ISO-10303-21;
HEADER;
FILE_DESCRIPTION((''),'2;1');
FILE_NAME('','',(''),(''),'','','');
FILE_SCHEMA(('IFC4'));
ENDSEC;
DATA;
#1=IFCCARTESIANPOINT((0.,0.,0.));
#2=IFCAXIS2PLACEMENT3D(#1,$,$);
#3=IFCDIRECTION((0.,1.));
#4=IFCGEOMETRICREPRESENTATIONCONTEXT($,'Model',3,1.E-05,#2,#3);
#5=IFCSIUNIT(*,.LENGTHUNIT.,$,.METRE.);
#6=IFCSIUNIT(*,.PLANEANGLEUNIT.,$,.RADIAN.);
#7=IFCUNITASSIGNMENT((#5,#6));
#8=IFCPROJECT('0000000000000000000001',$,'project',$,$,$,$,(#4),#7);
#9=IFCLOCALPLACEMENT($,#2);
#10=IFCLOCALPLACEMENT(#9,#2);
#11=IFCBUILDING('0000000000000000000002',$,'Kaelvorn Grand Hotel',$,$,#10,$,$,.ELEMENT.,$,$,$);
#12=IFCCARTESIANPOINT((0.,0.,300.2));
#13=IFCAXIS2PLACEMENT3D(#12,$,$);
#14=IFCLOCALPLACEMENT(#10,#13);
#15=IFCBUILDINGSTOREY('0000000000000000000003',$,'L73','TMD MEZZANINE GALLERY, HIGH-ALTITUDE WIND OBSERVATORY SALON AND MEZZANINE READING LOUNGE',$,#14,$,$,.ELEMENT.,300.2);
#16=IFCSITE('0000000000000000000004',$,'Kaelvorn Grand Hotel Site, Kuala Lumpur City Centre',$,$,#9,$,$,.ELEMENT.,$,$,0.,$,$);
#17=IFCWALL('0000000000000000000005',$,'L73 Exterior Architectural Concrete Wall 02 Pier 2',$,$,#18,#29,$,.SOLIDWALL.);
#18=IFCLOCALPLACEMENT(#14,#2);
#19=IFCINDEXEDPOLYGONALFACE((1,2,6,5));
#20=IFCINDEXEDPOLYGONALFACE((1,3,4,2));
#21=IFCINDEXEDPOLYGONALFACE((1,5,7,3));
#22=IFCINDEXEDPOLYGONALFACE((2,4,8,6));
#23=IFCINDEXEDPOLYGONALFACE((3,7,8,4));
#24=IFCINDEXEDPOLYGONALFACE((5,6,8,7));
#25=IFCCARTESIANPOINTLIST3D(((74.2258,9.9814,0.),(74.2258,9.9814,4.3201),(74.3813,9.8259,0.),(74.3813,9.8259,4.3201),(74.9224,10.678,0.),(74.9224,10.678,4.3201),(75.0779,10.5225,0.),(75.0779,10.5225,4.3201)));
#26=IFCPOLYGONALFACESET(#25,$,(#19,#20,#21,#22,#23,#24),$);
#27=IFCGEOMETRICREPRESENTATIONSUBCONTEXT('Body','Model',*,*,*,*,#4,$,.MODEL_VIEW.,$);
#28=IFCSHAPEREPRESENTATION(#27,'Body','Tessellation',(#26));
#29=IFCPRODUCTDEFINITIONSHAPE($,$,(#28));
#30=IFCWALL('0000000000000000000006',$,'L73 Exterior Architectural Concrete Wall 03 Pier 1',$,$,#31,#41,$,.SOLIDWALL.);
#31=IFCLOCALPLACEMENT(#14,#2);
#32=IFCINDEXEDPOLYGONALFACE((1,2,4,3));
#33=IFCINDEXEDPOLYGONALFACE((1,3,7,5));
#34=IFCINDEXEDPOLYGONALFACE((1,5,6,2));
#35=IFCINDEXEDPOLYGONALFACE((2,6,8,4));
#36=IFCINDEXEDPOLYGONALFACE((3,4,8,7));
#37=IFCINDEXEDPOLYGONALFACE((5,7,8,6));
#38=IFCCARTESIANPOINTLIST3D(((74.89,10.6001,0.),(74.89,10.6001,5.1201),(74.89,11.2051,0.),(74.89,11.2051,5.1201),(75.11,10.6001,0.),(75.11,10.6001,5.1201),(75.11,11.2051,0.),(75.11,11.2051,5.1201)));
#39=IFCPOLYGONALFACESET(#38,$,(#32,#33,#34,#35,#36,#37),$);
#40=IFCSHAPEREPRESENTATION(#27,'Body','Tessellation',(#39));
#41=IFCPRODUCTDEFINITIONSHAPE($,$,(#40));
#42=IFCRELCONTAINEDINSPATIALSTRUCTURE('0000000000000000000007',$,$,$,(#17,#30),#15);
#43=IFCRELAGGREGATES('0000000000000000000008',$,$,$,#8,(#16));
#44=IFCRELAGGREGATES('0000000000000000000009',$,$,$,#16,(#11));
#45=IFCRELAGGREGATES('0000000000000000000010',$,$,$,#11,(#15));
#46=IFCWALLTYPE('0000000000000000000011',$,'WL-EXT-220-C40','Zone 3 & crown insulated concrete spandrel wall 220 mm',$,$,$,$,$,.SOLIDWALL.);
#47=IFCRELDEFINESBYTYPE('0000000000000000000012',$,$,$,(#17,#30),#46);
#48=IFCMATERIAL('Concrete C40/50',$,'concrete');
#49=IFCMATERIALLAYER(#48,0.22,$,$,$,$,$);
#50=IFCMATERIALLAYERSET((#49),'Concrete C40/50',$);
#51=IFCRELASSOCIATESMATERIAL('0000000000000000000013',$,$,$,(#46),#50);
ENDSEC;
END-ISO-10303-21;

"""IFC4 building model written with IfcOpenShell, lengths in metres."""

from ifc_helpers import new_model, si_unit, direction, frame, frame_2d, origin, place, context, subcontext, project, spatial, rectangle, extrude, material, layer, layer_set, type_object, element, save


model = new_model("IFC4")

# Units and contexts
model_context = context("Model", 3, precision=1e-05, world=origin(), true_north=direction((0.0, 1.0)))
body_context = subcontext(model_context, "Body", "Model", "MODEL_VIEW")
ifc_project = project(units=[si_unit("LENGTHUNIT", "METRE"), si_unit("PLANEANGLEUNIT", "RADIAN")], contexts=[model_context])

# Site, building, storey
site_placement = place(None, origin())
site = spatial("IfcSite", under=ifc_project, at=site_placement, Name="Kaelvorn Grand Hotel Site, Kuala Lumpur City Centre", CompositionType="ELEMENT", RefElevation=0.0)
building_placement = place(site_placement, origin())
building = spatial("IfcBuilding", under=site, at=building_placement, Name="Kaelvorn Grand Hotel", CompositionType="ELEMENT")
storey_placement = place(building_placement, frame((0.0, 0.0, 300.2)))
storey = spatial("IfcBuildingStorey", under=building, at=storey_placement, Name="L73", Description="TMD MEZZANINE GALLERY, HIGH-ALTITUDE WIND OBSERVATORY SALON AND MEZZANINE READING LOUNGE", CompositionType="ELEMENT", Elevation=300.2)

# Walls
ifc_material_1 = material(Name="Concrete C40/50", Category="concrete")
ifc_layer_1 = layer(ifc_material_1, 0.22)
ifc_layer_set_1 = layer_set([ifc_layer_1], Name="Concrete C40/50")
wall_type = type_object("IfcWallType", Name="WL-EXT-220-C40", Description="Zone 3 & crown insulated concrete spandrel wall 220 mm", PredefinedType="SOLIDWALL", material=ifc_layer_set_1)
wall_1_placement = place(storey_placement, frame((74.3035, 9.9036, 0.0), z_axis=(0.0, 0.0, 1.0), x_axis=(0.707107, 0.707107, 0.0)))
element("IfcWall", 1, at=wall_1_placement, inside=storey, type_object=wall_type, Name="L73 Exterior Architectural Concrete Wall 02 Pier 2", PredefinedType="SOLIDWALL", context=body_context, shape_type="SweptSolid", body=[
    extrude(rectangle(XDim=0.9851, YDim=0.22, at=frame_2d((0.4927, 0.0))), origin(), (0.0, 0.0, 1.0), 4.3201),
])
wall_2_placement = place(storey_placement, frame((75.0, 10.6001, 0.0), z_axis=(0.0, 0.0, 1.0), x_axis=(0.0, 1.0, 0.0)))
element("IfcWall", 2, at=wall_2_placement, inside=storey, type_object=wall_type, Name="L73 Exterior Architectural Concrete Wall 03 Pier 1", PredefinedType="SOLIDWALL", context=body_context, shape_type="SweptSolid", body=[
    extrude(rectangle(XDim=0.605, YDim=0.22, at=frame_2d((0.3025, 0.0))), origin(), (0.0, 0.0, 1.0), 5.1201),
])

save(model, "model.ifc")
